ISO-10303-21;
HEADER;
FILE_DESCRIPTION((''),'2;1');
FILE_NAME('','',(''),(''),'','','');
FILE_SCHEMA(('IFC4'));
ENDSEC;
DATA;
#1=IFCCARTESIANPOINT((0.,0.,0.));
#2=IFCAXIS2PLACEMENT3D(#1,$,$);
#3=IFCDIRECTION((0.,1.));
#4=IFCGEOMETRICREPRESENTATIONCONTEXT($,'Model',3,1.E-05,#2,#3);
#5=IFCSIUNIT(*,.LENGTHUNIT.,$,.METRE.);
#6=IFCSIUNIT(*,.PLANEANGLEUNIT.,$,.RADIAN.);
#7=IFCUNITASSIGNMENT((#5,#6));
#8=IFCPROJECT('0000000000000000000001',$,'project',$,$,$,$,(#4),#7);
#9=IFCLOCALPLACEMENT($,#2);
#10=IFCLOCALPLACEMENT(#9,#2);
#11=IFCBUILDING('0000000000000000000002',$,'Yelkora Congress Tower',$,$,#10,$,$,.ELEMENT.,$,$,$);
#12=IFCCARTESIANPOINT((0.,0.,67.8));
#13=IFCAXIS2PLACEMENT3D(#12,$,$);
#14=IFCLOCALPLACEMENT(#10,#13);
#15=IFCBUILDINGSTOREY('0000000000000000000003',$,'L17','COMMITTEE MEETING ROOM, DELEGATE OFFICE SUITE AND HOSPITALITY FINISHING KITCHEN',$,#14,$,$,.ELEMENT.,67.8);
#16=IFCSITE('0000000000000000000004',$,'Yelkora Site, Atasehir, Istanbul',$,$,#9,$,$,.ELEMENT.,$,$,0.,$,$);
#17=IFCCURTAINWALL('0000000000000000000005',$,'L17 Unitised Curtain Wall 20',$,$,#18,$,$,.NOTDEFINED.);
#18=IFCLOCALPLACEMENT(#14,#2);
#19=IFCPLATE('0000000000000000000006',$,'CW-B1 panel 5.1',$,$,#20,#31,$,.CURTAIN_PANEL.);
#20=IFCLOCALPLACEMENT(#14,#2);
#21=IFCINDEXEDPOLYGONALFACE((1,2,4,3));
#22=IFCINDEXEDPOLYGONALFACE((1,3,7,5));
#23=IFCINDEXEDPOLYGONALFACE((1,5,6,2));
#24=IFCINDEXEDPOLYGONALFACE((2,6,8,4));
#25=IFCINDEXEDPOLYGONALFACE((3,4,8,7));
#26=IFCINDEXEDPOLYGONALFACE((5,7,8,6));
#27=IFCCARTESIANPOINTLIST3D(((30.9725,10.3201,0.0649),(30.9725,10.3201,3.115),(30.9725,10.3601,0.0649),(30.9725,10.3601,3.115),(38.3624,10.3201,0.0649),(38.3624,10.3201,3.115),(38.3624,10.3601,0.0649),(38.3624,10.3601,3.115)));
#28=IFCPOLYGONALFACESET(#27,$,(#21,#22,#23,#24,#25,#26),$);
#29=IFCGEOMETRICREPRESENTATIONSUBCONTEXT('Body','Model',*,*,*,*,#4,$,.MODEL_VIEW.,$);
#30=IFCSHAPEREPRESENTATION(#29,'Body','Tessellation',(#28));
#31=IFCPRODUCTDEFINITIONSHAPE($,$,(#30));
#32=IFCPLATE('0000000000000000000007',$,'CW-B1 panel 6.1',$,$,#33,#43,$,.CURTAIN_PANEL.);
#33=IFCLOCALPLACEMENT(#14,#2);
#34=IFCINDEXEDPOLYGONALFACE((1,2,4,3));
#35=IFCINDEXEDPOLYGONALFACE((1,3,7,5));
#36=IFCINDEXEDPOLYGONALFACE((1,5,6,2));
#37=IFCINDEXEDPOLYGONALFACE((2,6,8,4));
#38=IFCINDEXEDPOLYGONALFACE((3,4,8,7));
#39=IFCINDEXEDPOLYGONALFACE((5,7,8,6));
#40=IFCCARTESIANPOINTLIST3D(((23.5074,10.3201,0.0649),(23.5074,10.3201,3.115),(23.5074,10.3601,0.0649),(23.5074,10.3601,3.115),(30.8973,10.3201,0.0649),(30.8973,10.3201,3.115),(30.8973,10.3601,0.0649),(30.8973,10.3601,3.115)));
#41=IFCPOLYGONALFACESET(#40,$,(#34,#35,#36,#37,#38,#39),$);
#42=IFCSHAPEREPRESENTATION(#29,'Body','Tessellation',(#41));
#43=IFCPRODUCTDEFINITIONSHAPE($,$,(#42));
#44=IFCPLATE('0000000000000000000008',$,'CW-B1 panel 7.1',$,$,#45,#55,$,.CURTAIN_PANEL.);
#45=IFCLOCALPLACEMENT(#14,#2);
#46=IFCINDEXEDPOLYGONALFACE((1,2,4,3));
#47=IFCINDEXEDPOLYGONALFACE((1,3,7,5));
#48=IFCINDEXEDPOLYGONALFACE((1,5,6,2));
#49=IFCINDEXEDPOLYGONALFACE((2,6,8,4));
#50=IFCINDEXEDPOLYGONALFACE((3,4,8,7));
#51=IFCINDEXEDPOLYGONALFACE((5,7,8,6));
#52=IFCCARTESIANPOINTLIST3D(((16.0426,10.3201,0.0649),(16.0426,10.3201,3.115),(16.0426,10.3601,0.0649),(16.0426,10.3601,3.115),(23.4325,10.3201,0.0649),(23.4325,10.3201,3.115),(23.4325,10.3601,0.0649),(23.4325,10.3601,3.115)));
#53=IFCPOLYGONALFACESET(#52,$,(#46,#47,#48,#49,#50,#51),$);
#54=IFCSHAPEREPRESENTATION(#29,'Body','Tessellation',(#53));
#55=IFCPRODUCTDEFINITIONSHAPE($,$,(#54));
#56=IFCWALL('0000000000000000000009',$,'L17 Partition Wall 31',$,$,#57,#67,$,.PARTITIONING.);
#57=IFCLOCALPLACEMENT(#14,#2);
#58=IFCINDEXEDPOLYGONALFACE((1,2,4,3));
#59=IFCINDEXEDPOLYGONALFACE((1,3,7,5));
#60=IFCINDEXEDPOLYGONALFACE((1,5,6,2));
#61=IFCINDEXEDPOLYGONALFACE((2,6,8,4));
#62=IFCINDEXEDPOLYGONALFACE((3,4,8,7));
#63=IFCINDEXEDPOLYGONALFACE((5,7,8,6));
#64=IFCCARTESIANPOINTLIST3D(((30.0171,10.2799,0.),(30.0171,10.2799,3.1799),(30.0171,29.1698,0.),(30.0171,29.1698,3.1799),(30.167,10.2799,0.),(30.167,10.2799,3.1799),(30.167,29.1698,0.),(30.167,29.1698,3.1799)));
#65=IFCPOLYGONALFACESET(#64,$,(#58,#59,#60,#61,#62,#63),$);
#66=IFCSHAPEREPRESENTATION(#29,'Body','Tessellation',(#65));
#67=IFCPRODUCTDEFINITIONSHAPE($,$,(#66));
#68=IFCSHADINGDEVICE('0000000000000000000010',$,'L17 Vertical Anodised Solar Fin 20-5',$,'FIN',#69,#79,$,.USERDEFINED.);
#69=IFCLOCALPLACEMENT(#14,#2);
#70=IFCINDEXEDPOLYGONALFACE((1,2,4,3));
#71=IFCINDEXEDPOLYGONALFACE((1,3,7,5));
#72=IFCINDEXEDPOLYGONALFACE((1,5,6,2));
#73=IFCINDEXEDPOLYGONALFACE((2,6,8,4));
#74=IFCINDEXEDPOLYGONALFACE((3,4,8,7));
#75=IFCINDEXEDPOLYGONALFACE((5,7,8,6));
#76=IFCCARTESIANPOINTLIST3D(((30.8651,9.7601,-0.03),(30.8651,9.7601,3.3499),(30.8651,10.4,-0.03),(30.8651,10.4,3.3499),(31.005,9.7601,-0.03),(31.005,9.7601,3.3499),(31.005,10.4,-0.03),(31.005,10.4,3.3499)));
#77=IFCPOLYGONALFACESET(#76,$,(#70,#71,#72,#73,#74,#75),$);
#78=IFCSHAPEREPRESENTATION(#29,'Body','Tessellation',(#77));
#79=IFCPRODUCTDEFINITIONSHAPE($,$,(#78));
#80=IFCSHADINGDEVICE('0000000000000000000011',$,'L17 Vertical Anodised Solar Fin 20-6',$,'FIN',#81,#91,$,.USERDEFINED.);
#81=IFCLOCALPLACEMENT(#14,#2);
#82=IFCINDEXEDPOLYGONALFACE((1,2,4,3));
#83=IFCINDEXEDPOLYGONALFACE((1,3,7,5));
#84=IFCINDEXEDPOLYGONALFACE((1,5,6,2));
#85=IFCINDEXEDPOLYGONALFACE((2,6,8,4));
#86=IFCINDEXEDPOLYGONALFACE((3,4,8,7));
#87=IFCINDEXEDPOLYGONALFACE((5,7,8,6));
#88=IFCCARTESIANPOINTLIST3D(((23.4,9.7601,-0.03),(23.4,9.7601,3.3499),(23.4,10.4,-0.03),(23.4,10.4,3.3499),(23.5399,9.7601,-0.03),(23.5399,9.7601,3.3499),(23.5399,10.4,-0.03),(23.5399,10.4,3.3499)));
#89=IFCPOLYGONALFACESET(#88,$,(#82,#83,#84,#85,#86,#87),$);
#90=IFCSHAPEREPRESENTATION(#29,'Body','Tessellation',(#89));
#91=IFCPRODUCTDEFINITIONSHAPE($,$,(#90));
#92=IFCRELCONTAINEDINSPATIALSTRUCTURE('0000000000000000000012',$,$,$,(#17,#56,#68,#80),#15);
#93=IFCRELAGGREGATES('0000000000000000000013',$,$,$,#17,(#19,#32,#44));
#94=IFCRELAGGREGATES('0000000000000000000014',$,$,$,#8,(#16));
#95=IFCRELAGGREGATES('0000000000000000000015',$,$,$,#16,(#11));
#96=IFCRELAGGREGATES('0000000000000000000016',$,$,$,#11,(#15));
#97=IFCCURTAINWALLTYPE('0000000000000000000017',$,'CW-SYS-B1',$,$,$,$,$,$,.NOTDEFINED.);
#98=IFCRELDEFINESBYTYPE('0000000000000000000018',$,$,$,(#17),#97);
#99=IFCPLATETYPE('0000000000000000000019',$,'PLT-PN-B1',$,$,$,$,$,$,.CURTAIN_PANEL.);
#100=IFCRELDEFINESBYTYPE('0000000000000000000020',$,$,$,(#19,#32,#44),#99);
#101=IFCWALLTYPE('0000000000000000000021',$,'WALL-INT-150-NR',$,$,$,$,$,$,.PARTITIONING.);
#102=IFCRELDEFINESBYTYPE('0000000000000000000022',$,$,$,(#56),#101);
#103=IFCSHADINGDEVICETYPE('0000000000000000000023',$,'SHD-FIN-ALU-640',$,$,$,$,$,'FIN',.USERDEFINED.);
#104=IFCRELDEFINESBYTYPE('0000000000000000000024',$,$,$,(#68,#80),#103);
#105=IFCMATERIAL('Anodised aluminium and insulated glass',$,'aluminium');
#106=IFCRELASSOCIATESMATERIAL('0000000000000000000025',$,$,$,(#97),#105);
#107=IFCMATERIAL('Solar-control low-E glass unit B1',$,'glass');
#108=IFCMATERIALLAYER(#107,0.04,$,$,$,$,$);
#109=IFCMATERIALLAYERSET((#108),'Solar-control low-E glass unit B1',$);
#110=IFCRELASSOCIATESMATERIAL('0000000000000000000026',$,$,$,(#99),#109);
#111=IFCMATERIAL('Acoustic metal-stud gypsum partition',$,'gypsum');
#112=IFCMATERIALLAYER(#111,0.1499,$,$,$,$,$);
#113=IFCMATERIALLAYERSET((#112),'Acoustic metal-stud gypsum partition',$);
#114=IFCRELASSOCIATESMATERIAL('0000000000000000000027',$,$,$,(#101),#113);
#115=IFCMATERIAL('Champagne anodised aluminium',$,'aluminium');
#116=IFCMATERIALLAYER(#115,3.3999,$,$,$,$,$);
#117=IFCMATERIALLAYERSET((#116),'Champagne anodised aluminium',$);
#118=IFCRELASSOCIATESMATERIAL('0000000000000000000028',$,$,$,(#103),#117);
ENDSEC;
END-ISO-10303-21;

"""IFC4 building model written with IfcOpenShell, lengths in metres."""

from ifc_helpers import new_model, si_unit, direction, frame, frame_2d, origin, origin_2d, place, context, subcontext, project, spatial, rectangle, extrude, material, layer, layer_set, type_object, element, aggregate, save


model = new_model("IFC4")

# Units and contexts
model_context = context("Model", 3, precision=1e-05, world=origin(), true_north=direction((0.0, 1.0)))
body_context = subcontext(model_context, "Body", "Model", "MODEL_VIEW")
ifc_project = project(units=[si_unit("LENGTHUNIT", "METRE"), si_unit("PLANEANGLEUNIT", "RADIAN")], contexts=[model_context])

# Site, building, storey
site_placement = place(None, origin())
site = spatial("IfcSite", under=ifc_project, at=site_placement, Name="Yelkora Site, Atasehir, Istanbul", CompositionType="ELEMENT", RefElevation=0.0)
building_placement = place(site_placement, origin())
building = spatial("IfcBuilding", under=site, at=building_placement, Name="Yelkora Congress Tower", CompositionType="ELEMENT")
storey_placement = place(building_placement, frame((0.0, 0.0, 67.8)))
storey = spatial("IfcBuildingStorey", under=building, at=storey_placement, Name="L17", Description="COMMITTEE MEETING ROOM, DELEGATE OFFICE SUITE AND HOSPITALITY FINISHING KITCHEN", CompositionType="ELEMENT", Elevation=67.8)

# Curtain wall, plates
ifc_material_1 = material(Name="Anodised aluminium and insulated glass", Category="aluminium")
curtain_wall_type = type_object("IfcCurtainWallType", Name="CW-SYS-B1", PredefinedType="NOTDEFINED", material=ifc_material_1)
curtain_wall_placement = place(storey_placement, origin())
curtain_wall = element("IfcCurtainWall", 1, at=curtain_wall_placement, inside=storey, type_object=curtain_wall_type, Name="L17 Unitised Curtain Wall 20", PredefinedType="NOTDEFINED")
ifc_material_2 = material(Name="Solar-control low-E glass unit B1", Category="glass")
ifc_layer_1 = layer(ifc_material_2, 0.04)
ifc_layer_set_1 = layer_set([ifc_layer_1], Name="Solar-control low-E glass unit B1")
plate_type = type_object("IfcPlateType", Name="PLT-PN-B1", PredefinedType="CURTAIN_PANEL", material=ifc_layer_set_1)
plate_1_placement = place(storey_placement, frame((34.6675, 10.3401, 0.0649), z_axis=(0.0, 0.0, 1.0), x_axis=(-1.0, 0.0, 0.0)))
plate_1 = element("IfcPlate", 2, at=plate_1_placement, type_object=plate_type, Name="CW-B1 panel 5.1", PredefinedType="CURTAIN_PANEL", context=body_context, shape_type="SweptSolid", body=[
    extrude(rectangle(XDim=7.3899, YDim=0.04, at=origin_2d()), origin(), (0.0, 0.0, 1.0), 3.05),
])
plate_2_placement = place(storey_placement, frame((27.2024, 10.3401, 0.0649), z_axis=(0.0, 0.0, 1.0), x_axis=(-1.0, 0.0, 0.0)))
plate_2 = element("IfcPlate", 3, at=plate_2_placement, type_object=plate_type, Name="CW-B1 panel 6.1", PredefinedType="CURTAIN_PANEL", context=body_context, shape_type="SweptSolid", body=[
    extrude(rectangle(XDim=7.3899, YDim=0.04, at=origin_2d()), origin(), (0.0, 0.0, 1.0), 3.05),
])
plate_3_placement = place(storey_placement, frame((19.7375, 10.3401, 0.0649), z_axis=(0.0, 0.0, 1.0), x_axis=(-1.0, 0.0, 0.0)))
plate_3 = element("IfcPlate", 4, at=plate_3_placement, type_object=plate_type, Name="CW-B1 panel 7.1", PredefinedType="CURTAIN_PANEL", context=body_context, shape_type="SweptSolid", body=[
    extrude(rectangle(XDim=7.3899, YDim=0.04, at=origin_2d()), origin(), (0.0, 0.0, 1.0), 3.05),
])
aggregate(curtain_wall, [plate_1, plate_2, plate_3])

# Wall
ifc_material_3 = material(Name="Acoustic metal-stud gypsum partition", Category="gypsum")
ifc_layer_2 = layer(ifc_material_3, 0.1499)
ifc_layer_set_2 = layer_set([ifc_layer_2], Name="Acoustic metal-stud gypsum partition")
wall_type = type_object("IfcWallType", Name="WALL-INT-150-NR", PredefinedType="PARTITIONING", material=ifc_layer_set_2)
wall_placement = place(storey_placement, frame((30.092, 10.28, 0.0), z_axis=(0.0, 0.0, 1.0), x_axis=(0.0, 1.0, 0.0)))
element("IfcWall", 5, at=wall_placement, inside=storey, type_object=wall_type, Name="L17 Partition Wall 31", PredefinedType="PARTITIONING", context=body_context, shape_type="SweptSolid", body=[
    extrude(rectangle(XDim=18.8899, YDim=0.1499, at=frame_2d((9.4448, 0.0))), origin(), (0.0, 0.0, 1.0), 3.1799),
])

# Shading devices
ifc_material_4 = material(Name="Champagne anodised aluminium", Category="aluminium")
ifc_layer_3 = layer(ifc_material_4, 3.3999)
ifc_layer_set_3 = layer_set([ifc_layer_3], Name="Champagne anodised aluminium")
shading_device_type = type_object("IfcShadingDeviceType", Name="SHD-FIN-ALU-640", ElementType="FIN", PredefinedType="USERDEFINED", material=ifc_layer_set_3)
for number, where, z_axis, x_axis, name in (
    (6, (30.9351, 10.0801, -0.03), (0.0, 0.0, 1.0), (-1.0, 0.0, 0.0), "L17 Vertical Anodised Solar Fin 20-5"),
    (7, (23.47, 10.0801, -0.03), (0.0, 0.0, 1.0), (-1.0, 0.0, 0.0), "L17 Vertical Anodised Solar Fin 20-6"),
):
    element("IfcShadingDevice", number, at=place(storey_placement, frame(where, z_axis=z_axis, x_axis=x_axis)), inside=storey, type_object=shading_device_type, Name=name, ObjectType="FIN", PredefinedType="USERDEFINED", context=body_context, shape_type="SweptSolid", body=[
        extrude(rectangle(XDim=0.1399, YDim=0.6399, at=origin_2d()), origin(), (0.0, 0.0, 1.0), 3.3799),
    ])

save(model, "model.ifc")
